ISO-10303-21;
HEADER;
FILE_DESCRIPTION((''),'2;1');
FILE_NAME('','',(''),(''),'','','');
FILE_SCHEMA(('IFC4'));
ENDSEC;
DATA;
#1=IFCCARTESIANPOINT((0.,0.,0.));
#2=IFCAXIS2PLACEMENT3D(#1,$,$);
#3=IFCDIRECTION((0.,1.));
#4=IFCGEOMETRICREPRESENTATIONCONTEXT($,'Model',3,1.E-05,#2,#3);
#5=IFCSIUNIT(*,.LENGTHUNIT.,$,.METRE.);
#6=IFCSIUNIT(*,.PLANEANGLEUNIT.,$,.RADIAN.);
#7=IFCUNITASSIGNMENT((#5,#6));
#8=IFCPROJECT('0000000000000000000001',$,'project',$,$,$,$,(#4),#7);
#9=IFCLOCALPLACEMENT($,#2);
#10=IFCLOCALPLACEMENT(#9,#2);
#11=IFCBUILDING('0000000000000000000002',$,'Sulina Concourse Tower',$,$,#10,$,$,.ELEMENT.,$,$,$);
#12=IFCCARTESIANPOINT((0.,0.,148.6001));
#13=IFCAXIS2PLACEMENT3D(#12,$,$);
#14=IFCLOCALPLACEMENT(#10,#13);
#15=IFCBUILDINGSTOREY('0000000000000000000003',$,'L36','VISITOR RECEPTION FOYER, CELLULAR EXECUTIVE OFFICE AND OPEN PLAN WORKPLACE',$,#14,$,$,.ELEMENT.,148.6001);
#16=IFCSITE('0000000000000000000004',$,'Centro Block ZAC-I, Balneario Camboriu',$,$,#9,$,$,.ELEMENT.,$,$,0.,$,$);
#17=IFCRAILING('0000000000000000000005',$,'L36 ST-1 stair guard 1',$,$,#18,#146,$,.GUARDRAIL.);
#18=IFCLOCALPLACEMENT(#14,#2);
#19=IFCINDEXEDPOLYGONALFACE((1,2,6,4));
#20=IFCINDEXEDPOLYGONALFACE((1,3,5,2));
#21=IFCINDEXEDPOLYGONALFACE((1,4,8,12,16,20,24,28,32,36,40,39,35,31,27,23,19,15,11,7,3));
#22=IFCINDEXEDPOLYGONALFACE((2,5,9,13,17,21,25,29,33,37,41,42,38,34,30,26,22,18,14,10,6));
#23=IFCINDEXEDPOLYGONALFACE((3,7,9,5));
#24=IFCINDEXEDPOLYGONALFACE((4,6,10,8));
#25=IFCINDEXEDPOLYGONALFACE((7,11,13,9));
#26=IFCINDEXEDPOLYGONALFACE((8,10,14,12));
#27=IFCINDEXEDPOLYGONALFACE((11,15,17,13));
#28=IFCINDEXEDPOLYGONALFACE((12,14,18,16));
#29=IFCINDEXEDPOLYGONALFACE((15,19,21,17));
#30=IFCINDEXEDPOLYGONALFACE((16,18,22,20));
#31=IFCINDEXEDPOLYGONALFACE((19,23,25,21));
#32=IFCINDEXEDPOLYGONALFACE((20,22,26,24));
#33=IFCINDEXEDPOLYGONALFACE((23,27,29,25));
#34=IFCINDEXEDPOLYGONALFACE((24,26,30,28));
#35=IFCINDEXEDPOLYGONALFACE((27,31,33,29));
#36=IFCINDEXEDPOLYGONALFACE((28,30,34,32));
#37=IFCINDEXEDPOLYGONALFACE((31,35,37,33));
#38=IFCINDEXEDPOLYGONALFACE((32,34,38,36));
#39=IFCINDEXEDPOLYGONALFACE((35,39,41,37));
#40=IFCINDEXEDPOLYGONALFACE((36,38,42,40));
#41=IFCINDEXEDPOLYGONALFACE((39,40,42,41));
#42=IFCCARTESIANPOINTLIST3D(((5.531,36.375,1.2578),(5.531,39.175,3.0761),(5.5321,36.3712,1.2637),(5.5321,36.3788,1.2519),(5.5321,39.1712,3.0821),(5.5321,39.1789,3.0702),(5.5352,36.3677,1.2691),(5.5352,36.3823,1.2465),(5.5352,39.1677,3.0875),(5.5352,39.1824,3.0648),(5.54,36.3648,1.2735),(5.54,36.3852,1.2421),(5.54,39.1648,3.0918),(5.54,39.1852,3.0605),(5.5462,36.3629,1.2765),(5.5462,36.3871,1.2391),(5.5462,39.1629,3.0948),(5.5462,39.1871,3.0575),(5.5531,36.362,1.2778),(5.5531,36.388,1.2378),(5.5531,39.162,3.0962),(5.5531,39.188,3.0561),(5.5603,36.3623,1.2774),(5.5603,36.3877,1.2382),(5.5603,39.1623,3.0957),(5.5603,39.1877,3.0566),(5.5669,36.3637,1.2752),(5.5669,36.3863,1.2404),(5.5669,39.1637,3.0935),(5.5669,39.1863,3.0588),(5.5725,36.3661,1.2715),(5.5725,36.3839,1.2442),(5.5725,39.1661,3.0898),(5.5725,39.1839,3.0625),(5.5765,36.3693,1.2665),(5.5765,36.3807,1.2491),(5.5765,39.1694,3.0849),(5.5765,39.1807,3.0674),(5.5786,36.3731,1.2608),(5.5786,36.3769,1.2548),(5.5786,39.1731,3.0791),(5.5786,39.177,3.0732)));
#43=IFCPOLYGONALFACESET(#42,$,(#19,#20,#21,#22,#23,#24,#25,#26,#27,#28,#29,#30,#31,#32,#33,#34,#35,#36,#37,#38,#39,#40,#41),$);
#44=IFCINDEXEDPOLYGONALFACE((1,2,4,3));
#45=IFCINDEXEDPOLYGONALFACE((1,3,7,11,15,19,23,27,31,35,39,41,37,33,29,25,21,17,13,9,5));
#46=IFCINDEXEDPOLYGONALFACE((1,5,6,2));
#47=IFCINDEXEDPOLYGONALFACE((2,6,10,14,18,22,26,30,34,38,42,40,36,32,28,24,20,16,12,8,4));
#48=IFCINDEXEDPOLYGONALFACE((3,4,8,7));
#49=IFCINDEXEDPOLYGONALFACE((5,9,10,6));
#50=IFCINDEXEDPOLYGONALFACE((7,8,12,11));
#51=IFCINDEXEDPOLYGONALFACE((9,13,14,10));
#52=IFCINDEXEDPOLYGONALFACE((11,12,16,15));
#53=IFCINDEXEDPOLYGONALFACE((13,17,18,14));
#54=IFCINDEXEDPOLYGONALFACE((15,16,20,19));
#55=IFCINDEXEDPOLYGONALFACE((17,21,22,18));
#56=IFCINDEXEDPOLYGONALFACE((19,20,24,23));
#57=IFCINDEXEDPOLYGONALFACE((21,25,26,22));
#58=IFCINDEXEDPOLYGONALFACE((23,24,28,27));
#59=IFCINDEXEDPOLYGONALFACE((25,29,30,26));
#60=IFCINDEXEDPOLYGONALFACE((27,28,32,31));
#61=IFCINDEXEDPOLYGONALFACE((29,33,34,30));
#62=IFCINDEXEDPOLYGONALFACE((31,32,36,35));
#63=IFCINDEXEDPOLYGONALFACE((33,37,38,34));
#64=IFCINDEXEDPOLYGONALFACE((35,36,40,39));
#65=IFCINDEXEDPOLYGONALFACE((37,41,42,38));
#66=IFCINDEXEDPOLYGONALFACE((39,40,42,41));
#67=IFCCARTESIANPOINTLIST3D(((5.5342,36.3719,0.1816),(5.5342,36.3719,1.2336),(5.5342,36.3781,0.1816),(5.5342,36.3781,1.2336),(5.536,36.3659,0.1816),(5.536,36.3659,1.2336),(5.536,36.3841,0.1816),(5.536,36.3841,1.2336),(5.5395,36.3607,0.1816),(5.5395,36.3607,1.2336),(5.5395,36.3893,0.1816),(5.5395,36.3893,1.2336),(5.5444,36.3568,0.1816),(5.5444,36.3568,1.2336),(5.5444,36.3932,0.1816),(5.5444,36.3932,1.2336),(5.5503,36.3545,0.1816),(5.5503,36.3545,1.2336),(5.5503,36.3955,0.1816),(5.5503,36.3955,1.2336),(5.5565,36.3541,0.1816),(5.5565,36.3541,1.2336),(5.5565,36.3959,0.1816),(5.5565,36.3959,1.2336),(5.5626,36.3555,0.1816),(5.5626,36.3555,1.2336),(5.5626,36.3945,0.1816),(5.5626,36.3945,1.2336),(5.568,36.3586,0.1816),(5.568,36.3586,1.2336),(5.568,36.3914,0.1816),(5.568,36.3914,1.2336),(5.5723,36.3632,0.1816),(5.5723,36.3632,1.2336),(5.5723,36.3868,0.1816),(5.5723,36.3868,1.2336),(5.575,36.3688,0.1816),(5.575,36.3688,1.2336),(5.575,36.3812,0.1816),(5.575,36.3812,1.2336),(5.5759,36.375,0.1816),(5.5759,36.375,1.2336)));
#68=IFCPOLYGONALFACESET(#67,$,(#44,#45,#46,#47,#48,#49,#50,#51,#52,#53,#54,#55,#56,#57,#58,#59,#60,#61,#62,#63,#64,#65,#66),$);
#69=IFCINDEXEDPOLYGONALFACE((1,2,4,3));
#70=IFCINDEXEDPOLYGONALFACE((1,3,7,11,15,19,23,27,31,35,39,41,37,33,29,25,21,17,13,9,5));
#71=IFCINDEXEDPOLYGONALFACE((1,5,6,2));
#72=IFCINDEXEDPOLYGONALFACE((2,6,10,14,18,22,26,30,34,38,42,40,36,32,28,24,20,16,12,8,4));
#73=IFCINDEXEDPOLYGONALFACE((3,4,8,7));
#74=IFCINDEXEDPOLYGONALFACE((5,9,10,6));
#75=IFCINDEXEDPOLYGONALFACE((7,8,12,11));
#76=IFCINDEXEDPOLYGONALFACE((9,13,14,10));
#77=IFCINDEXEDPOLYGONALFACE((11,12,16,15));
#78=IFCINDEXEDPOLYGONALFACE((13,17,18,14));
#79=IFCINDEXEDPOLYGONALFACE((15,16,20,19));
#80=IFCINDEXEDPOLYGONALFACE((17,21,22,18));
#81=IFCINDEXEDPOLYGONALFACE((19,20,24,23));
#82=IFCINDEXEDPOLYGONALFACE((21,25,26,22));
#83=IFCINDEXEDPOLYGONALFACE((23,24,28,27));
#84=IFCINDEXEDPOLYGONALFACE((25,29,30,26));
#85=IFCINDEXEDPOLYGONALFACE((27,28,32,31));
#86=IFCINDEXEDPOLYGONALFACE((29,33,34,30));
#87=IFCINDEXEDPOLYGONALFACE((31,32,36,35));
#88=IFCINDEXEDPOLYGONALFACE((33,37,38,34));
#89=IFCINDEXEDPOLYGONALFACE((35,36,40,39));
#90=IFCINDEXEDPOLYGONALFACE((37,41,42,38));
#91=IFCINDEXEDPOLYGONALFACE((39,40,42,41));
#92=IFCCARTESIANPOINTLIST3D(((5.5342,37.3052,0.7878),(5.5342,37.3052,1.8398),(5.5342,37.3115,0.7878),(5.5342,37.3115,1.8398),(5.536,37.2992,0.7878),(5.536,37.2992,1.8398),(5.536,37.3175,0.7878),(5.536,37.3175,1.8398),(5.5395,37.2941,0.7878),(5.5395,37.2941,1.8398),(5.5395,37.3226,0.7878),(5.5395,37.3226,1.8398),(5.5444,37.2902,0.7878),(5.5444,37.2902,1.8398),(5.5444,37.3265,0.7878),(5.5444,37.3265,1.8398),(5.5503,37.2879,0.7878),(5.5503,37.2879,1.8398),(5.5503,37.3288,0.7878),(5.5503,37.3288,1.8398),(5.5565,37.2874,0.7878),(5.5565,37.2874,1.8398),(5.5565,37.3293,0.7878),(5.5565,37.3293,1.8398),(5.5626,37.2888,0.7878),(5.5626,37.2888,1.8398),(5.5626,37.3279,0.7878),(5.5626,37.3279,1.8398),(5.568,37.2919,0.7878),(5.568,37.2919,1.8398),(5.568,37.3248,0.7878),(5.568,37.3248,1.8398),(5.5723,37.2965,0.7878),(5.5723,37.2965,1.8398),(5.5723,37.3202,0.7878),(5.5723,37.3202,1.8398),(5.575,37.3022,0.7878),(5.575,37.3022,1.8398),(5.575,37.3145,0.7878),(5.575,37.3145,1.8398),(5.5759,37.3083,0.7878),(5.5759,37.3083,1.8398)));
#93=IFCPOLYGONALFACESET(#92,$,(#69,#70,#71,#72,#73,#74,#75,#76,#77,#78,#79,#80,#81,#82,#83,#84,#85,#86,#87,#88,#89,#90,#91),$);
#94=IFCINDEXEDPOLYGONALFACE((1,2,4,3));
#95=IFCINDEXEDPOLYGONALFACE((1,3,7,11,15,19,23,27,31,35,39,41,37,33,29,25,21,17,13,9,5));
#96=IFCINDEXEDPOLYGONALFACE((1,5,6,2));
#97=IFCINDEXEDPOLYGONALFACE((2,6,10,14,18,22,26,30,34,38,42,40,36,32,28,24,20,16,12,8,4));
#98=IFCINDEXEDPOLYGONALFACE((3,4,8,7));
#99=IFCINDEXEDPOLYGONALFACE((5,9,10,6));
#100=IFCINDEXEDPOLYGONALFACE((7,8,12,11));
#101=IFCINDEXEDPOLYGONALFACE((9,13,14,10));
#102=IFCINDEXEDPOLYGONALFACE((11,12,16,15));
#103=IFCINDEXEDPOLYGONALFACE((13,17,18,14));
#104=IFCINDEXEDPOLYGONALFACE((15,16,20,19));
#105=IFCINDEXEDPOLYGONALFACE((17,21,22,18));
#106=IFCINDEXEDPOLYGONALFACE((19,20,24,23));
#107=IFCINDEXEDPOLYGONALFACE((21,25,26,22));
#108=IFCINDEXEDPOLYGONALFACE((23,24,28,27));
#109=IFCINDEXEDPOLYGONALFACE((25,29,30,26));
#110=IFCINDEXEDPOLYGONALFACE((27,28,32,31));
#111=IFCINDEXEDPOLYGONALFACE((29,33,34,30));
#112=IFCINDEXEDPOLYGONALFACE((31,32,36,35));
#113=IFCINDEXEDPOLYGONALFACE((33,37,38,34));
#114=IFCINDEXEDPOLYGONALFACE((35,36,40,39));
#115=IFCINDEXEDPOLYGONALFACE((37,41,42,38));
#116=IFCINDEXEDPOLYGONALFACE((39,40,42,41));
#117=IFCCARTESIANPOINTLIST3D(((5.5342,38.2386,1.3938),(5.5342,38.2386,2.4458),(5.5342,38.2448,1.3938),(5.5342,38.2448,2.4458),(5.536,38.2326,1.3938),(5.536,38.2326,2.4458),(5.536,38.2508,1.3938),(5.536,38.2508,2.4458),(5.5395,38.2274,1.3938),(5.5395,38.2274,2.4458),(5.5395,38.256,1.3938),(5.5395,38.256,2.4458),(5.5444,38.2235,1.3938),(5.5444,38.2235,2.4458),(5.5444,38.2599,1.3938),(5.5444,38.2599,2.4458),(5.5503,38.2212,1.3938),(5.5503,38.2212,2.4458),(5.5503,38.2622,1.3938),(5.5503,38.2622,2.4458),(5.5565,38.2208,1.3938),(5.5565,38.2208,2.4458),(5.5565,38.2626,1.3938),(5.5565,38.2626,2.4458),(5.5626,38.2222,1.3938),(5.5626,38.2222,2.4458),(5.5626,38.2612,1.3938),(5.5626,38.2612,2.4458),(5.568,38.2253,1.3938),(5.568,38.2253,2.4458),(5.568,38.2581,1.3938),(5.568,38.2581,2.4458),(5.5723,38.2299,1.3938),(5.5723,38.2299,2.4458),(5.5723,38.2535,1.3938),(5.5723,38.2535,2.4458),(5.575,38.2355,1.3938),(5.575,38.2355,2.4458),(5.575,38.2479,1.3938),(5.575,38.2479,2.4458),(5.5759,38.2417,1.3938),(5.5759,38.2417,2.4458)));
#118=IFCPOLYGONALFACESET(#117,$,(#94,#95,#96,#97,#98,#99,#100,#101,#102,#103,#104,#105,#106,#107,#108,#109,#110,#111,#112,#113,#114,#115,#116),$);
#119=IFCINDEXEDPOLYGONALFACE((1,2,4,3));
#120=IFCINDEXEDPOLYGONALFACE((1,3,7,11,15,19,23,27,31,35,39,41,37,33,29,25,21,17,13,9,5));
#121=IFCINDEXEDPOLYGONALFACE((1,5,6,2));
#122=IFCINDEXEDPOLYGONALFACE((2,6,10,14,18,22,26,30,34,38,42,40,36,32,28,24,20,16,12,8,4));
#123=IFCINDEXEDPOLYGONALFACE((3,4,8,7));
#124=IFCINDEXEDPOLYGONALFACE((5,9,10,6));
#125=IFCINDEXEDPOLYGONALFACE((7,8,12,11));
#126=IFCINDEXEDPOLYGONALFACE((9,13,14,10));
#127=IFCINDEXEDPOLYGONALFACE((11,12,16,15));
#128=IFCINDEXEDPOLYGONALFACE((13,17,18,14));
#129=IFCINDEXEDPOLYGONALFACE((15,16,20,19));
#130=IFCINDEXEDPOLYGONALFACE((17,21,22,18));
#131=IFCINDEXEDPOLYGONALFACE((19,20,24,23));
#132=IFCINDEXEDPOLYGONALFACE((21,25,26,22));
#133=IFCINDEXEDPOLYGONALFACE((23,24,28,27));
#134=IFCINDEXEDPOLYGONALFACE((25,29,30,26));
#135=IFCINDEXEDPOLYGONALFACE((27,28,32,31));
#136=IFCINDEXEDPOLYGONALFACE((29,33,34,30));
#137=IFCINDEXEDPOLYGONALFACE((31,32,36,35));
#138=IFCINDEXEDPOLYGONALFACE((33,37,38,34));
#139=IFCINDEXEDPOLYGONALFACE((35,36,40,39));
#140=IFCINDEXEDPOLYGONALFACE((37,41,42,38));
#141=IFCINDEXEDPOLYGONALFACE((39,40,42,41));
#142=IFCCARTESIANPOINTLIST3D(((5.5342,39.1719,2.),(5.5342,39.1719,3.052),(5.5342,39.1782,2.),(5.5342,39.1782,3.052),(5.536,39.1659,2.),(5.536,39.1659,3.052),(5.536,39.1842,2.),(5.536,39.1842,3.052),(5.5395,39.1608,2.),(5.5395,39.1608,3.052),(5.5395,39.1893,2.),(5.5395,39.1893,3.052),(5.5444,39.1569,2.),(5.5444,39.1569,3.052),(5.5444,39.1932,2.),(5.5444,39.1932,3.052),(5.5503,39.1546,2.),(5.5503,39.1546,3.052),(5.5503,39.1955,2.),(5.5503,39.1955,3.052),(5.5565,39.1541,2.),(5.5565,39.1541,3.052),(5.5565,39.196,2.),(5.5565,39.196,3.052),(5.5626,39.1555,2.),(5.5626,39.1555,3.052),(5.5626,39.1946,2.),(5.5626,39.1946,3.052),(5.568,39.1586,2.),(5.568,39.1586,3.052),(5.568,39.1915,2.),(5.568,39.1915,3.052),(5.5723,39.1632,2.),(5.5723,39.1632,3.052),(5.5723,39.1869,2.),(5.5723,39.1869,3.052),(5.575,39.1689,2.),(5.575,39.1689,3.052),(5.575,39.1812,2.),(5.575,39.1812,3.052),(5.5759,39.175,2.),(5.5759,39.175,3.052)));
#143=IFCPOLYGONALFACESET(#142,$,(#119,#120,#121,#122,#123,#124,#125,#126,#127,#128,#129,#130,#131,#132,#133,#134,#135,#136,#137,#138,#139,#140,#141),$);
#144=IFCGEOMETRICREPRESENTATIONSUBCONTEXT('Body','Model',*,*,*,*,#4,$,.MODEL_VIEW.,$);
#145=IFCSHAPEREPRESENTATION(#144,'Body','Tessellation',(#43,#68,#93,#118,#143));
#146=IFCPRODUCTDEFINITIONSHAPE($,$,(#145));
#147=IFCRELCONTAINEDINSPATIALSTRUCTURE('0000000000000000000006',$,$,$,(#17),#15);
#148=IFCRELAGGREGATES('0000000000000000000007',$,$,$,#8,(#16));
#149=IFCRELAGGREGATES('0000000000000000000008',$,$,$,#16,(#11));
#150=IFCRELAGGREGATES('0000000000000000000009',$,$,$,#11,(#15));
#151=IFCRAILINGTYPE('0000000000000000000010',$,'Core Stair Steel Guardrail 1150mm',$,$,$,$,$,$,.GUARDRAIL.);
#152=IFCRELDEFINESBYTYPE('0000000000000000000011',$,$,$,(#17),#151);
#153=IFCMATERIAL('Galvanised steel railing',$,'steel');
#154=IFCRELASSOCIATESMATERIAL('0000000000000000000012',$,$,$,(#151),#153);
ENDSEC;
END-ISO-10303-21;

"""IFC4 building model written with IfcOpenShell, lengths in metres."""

from ifc_helpers import new_model, si_unit, direction, frame, origin, origin_2d, place, context, subcontext, project, spatial, circle, extrude, material, type_object, element, save


model = new_model("IFC4")

# Units and contexts
model_context = context("Model", 3, precision=1e-05, world=origin(), true_north=direction((0.0, 1.0)))
body_context = subcontext(model_context, "Body", "Model", "MODEL_VIEW")
ifc_project = project(units=[si_unit("LENGTHUNIT", "METRE"), si_unit("PLANEANGLEUNIT", "RADIAN")], contexts=[model_context])

# Site, building, storey
site_placement = place(None, origin())
site = spatial("IfcSite", under=ifc_project, at=site_placement, Name="Centro Block ZAC-I, Balneario Camboriu", CompositionType="ELEMENT", RefElevation=0.0)
building_placement = place(site_placement, origin())
building = spatial("IfcBuilding", under=site, at=building_placement, Name="Sulina Concourse Tower", CompositionType="ELEMENT")
storey_placement = place(building_placement, frame((0.0, 0.0, 148.6001)))
storey = spatial("IfcBuildingStorey", under=building, at=storey_placement, Name="L36", Description="VISITOR RECEPTION FOYER, CELLULAR EXECUTIVE OFFICE AND OPEN PLAN WORKPLACE", CompositionType="ELEMENT", Elevation=148.6001)

# Railing
ifc_material_1 = material(Name="Galvanised steel railing", Category="steel")
railing_type_1 = type_object("IfcRailingType", Name="Core Stair Steel Guardrail 1150mm", PredefinedType="GUARDRAIL", material=ifc_material_1)
railing_1_placement = place(storey_placement, frame((5.5549, 36.375, 0.1816)))
element("IfcRailing", 1, at=railing_1_placement, inside=storey, type_object=railing_type_1, Name="L36 ST-1 stair guard 1", PredefinedType="GUARDRAIL", context=body_context, shape_type="SweptSolid", body=[
    extrude(circle(Radius=0.0239, at=origin_2d()), frame((0.0, 0.0, 1.0762), z_axis=(0.0, 0.838672, 0.544636), x_axis=(-1.0, 0.0, 0.0)), (0.0, 0.0, 1.0), 3.3386),
    extrude(circle(Radius=0.021, at=origin_2d()), origin(), (0.0, 0.0, 1.0), 1.052),
    extrude(circle(Radius=0.021, at=origin_2d()), frame((0.0, 0.9333, 0.6062)), (0.0, 0.0, 1.0), 1.052),
    extrude(circle(Radius=0.021, at=origin_2d()), frame((0.0, 1.8667, 1.2122)), (0.0, 0.0, 1.0), 1.052),
    extrude(circle(Radius=0.021, at=origin_2d()), frame((0.0, 2.8, 1.8184)), (0.0, 0.0, 1.0), 1.052),
])

save(model, "model.ifc")
